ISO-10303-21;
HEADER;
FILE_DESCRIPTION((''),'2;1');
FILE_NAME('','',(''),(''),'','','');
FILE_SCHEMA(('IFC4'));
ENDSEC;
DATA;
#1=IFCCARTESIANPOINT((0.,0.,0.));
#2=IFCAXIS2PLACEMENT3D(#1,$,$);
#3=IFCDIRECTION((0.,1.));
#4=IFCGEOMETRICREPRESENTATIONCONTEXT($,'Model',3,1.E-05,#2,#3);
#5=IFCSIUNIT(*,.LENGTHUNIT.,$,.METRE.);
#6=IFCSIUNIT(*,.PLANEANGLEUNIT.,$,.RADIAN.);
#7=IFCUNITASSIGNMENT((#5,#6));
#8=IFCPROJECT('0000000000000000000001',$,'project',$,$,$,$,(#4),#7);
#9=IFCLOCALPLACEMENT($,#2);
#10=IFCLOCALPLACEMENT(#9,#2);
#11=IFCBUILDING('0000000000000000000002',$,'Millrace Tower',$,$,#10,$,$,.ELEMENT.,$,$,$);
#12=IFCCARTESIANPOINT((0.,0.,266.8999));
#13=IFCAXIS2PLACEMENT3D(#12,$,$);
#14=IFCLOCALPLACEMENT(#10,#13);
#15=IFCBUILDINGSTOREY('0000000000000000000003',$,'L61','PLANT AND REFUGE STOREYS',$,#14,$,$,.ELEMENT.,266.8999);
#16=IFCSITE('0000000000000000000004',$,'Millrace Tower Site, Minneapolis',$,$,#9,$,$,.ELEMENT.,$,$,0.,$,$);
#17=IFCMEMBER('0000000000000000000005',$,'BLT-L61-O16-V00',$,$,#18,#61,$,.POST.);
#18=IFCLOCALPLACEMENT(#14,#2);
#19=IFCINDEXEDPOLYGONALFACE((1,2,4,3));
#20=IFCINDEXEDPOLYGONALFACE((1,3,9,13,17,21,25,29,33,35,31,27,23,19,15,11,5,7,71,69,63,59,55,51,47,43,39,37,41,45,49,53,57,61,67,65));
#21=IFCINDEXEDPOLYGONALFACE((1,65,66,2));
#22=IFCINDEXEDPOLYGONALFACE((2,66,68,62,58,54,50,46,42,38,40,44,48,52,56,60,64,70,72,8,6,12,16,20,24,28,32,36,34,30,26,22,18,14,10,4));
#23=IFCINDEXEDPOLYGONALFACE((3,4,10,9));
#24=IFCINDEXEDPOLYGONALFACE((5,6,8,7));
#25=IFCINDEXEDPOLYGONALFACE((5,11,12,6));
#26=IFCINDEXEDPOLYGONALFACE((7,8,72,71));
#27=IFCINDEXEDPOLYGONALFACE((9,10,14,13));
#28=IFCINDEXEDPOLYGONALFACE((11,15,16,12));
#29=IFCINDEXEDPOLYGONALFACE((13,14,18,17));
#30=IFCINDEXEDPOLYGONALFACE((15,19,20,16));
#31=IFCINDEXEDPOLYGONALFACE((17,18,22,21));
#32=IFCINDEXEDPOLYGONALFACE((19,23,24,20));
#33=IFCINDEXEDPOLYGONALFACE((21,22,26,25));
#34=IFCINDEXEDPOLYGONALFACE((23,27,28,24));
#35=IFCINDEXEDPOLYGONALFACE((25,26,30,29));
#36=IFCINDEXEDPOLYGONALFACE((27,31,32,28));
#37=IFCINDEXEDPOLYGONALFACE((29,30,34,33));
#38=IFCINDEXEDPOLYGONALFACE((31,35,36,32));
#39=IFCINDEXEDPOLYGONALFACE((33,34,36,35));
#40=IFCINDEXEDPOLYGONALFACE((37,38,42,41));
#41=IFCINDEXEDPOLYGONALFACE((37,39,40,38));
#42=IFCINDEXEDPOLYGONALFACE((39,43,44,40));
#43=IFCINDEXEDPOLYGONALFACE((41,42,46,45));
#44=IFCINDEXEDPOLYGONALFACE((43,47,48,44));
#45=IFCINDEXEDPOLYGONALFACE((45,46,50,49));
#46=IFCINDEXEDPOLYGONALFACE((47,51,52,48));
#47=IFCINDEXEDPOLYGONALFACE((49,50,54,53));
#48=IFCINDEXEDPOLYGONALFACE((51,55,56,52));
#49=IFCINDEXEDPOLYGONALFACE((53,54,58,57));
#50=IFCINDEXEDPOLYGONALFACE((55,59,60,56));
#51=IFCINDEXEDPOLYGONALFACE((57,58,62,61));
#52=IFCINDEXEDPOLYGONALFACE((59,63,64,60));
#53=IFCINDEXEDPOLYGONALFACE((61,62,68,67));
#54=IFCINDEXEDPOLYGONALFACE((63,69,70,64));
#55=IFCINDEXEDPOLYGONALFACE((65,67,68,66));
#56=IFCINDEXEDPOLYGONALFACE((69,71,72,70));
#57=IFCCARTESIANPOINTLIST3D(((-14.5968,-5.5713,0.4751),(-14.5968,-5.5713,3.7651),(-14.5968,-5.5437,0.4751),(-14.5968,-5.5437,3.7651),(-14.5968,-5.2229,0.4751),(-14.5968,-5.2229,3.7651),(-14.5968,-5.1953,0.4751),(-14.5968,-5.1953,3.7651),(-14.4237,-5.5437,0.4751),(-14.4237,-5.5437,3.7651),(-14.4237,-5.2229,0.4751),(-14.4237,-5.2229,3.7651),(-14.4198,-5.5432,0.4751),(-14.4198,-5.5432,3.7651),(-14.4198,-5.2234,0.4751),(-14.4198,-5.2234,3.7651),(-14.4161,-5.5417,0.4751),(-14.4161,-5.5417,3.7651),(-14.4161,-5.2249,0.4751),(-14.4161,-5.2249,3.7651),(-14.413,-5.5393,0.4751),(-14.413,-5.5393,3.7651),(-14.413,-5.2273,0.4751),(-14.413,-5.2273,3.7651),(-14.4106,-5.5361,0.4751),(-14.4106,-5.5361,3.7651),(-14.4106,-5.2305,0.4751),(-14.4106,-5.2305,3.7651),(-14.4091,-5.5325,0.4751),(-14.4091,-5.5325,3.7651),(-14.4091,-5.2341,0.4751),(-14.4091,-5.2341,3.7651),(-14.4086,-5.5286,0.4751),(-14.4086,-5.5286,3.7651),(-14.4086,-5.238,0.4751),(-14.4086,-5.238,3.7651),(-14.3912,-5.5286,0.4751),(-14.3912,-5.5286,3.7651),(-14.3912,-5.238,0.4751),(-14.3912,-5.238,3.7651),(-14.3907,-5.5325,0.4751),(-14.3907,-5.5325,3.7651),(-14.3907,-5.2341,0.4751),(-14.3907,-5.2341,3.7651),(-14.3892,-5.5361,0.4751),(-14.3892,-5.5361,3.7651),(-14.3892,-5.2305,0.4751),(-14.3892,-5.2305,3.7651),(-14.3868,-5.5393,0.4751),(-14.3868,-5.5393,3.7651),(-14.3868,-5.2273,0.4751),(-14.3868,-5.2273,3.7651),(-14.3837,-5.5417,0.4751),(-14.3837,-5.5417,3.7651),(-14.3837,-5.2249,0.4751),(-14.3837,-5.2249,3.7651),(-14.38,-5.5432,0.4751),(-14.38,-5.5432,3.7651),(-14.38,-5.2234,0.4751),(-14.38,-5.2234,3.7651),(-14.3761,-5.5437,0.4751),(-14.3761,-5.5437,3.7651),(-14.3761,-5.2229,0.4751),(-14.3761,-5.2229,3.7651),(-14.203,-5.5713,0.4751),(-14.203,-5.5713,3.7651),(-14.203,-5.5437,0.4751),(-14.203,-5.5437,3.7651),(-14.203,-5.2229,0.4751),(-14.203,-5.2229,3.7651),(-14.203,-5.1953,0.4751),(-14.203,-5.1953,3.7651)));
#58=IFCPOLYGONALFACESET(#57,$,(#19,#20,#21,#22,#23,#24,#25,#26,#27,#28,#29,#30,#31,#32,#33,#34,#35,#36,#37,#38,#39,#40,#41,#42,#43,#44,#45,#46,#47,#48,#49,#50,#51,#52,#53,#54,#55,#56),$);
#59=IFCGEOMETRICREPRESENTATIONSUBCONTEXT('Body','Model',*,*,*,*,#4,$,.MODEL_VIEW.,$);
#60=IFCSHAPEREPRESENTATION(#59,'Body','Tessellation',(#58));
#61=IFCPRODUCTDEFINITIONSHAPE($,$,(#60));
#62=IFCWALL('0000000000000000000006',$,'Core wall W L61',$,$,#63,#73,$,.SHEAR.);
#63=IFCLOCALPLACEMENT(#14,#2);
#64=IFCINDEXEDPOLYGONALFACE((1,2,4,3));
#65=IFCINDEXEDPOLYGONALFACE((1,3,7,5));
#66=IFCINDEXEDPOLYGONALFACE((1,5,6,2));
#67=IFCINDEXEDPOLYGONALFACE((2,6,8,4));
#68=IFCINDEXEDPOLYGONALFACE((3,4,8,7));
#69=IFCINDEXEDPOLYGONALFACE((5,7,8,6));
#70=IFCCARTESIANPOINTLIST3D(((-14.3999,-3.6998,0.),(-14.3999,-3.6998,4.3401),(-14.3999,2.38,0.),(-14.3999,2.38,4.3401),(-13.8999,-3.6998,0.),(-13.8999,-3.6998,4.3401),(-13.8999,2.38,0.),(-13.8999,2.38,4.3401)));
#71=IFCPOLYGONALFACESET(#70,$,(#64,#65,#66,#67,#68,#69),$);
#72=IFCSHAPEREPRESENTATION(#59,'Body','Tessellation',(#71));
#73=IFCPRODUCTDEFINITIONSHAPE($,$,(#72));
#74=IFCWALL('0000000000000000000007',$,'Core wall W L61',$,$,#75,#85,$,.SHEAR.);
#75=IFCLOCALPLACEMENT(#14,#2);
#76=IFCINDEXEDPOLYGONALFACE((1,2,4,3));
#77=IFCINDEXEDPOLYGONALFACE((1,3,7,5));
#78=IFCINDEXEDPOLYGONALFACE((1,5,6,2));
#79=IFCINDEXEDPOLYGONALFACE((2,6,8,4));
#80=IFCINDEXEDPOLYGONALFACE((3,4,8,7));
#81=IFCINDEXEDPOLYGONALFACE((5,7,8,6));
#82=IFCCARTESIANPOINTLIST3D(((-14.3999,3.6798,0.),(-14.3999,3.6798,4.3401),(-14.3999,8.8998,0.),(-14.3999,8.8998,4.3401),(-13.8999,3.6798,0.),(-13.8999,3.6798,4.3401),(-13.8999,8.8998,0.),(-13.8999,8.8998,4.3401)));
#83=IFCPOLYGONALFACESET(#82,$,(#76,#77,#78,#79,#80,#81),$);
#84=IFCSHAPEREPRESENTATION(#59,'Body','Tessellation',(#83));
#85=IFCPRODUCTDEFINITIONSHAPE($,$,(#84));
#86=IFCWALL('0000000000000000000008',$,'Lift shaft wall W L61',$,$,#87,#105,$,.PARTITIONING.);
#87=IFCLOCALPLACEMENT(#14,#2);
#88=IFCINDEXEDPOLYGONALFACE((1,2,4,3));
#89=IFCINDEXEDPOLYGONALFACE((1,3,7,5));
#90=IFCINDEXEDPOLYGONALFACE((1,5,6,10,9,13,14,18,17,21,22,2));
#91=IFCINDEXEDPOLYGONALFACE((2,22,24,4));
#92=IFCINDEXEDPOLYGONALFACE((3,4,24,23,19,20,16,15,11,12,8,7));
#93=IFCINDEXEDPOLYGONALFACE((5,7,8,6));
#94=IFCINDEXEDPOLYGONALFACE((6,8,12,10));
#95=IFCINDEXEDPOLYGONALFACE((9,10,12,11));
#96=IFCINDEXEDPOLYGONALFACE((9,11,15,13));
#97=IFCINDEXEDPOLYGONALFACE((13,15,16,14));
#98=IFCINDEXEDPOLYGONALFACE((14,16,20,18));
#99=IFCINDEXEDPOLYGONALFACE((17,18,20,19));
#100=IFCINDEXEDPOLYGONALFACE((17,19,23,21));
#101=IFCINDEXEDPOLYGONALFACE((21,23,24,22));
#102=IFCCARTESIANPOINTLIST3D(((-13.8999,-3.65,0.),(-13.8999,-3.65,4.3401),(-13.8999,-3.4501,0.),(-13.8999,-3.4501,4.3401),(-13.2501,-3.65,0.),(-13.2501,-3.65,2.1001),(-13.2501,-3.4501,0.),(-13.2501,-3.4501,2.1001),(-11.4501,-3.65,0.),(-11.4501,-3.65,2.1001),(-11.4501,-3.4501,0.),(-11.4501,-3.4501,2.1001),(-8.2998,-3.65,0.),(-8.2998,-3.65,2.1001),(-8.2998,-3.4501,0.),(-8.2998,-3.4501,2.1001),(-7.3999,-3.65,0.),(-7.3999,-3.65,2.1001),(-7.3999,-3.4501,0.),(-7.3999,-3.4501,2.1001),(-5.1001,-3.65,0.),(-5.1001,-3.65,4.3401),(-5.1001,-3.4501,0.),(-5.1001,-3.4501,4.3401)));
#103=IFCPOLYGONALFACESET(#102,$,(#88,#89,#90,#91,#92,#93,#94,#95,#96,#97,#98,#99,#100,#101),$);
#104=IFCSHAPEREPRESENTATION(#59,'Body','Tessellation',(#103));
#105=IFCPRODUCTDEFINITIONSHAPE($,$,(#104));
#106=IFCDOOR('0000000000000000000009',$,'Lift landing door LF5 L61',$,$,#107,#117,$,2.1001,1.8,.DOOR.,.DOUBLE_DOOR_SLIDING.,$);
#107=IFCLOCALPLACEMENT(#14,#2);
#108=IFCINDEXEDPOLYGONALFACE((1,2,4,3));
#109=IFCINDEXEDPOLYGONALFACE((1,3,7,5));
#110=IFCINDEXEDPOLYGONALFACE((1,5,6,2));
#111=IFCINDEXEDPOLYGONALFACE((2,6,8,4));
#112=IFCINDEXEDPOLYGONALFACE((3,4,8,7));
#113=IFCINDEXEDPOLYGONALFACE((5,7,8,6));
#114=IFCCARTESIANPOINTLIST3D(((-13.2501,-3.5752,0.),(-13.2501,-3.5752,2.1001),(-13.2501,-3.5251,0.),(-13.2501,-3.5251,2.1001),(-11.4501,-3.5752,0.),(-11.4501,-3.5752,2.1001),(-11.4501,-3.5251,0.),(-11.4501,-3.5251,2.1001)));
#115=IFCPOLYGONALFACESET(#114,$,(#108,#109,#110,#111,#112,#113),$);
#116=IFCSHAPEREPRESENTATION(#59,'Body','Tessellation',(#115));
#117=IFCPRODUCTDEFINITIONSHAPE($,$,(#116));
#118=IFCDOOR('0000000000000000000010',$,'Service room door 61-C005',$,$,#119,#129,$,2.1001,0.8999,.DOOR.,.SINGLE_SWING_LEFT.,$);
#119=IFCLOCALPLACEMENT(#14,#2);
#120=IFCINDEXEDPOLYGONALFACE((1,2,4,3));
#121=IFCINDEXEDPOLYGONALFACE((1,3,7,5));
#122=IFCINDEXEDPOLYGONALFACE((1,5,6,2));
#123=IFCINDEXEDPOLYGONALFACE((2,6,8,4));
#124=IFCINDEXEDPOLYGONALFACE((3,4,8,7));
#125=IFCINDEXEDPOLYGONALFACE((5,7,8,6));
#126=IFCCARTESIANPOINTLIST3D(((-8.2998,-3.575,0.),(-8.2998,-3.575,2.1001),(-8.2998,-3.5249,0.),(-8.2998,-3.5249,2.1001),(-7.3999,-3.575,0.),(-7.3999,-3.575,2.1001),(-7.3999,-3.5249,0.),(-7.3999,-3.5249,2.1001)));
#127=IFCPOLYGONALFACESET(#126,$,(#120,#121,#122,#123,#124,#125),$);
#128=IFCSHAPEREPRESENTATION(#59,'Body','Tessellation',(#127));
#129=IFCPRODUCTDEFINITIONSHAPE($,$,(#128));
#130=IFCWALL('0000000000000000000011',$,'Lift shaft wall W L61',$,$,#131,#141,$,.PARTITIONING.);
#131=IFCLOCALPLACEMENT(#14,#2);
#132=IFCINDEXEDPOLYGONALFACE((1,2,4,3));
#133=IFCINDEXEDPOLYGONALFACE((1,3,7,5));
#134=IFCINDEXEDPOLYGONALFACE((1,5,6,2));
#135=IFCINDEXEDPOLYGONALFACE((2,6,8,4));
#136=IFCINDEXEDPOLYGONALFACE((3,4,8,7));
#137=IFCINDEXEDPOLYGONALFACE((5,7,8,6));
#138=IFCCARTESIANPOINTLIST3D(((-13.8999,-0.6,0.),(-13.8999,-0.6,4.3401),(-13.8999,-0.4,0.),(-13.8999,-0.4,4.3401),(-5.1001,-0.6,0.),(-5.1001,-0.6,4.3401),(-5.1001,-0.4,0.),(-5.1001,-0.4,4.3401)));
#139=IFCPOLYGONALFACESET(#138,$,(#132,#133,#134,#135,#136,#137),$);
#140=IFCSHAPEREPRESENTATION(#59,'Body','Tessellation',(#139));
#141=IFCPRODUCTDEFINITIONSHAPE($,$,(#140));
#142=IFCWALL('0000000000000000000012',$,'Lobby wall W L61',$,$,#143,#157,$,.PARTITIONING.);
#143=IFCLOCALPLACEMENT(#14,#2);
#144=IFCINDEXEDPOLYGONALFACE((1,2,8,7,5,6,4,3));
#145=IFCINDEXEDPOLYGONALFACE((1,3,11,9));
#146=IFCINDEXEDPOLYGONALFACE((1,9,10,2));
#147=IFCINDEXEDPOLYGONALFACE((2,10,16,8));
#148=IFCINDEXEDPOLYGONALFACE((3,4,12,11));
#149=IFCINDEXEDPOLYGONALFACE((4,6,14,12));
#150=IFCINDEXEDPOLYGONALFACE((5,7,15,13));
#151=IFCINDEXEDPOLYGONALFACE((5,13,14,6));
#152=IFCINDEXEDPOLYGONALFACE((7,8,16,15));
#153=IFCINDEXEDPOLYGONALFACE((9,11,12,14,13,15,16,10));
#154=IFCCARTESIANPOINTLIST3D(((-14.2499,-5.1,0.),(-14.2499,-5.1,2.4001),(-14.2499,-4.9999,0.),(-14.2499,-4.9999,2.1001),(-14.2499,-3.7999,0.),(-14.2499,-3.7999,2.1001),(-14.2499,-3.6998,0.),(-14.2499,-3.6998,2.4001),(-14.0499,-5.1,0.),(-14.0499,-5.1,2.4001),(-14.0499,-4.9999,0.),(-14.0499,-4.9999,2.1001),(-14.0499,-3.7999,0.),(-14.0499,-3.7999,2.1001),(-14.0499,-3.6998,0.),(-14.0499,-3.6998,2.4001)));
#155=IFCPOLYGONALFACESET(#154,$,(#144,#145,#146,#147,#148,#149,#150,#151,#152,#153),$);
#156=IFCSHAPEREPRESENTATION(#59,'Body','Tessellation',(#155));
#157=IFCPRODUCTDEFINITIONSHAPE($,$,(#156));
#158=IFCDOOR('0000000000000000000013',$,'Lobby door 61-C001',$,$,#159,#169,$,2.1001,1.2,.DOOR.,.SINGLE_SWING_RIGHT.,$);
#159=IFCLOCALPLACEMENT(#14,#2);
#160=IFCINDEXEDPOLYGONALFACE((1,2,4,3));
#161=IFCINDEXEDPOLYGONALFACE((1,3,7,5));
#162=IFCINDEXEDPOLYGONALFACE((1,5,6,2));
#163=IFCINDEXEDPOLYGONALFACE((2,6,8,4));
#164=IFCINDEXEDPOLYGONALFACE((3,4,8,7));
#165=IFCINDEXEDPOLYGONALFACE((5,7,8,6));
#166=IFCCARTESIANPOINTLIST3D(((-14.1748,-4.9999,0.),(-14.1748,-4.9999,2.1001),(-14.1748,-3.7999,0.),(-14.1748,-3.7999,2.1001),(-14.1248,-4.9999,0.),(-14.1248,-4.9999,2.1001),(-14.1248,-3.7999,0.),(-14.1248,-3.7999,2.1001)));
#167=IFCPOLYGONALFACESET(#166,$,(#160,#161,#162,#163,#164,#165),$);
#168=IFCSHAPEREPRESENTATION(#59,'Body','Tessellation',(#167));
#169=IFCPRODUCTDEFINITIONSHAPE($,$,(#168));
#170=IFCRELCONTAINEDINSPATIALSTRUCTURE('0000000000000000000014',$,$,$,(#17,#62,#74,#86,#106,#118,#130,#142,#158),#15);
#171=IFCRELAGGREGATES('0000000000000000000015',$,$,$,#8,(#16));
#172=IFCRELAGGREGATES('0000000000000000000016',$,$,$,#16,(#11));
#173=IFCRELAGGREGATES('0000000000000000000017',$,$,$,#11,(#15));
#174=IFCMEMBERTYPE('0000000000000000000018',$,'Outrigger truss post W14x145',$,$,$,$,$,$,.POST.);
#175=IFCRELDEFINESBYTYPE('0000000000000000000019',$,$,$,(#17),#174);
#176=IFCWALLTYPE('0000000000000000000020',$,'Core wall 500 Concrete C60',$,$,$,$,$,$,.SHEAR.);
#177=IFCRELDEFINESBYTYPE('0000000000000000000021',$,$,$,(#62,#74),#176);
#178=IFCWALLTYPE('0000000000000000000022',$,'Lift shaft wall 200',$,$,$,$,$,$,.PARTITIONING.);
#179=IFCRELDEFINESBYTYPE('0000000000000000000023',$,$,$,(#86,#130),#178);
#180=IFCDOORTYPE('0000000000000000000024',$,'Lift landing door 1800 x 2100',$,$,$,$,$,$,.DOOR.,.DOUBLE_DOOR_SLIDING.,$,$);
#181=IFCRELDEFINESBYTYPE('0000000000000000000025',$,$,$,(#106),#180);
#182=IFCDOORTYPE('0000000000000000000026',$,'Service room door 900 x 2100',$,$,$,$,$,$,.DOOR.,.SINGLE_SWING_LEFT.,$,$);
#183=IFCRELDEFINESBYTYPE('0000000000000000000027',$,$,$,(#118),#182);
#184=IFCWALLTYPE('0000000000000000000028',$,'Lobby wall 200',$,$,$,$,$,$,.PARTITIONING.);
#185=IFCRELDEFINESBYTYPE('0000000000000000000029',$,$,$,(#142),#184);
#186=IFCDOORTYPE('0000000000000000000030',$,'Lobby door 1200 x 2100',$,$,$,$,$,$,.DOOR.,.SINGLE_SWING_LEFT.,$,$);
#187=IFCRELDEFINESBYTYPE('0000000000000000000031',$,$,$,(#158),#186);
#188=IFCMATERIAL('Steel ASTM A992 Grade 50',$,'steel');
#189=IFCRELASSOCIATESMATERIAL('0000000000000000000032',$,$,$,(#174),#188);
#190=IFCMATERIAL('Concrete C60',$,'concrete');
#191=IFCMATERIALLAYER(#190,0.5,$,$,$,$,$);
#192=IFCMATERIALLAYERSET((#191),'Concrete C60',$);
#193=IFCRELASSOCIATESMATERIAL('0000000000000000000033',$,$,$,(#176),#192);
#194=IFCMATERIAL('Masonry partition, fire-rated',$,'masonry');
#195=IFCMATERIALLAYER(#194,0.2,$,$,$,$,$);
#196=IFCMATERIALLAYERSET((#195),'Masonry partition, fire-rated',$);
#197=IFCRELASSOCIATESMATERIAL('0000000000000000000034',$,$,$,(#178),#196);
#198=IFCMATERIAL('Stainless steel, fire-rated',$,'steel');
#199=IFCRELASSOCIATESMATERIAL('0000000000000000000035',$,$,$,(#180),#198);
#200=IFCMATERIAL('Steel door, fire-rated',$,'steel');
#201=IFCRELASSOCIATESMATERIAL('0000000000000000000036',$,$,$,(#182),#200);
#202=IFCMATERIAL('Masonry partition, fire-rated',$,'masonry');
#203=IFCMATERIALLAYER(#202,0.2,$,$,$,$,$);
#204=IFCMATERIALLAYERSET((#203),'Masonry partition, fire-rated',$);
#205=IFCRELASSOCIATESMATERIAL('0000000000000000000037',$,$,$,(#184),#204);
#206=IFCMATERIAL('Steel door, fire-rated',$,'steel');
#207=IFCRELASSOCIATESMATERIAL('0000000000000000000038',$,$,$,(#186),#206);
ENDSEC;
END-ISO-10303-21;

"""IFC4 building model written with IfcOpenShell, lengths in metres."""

from ifc_helpers import new_model, si_unit, direction, frame, frame_2d, origin, origin_2d, place, context, subcontext, project, spatial, rectangle, i_section, extrude, material, layer, layer_set, material_profile, profile_set, type_object, element, fill, save


model = new_model("IFC4")

# Units and contexts
model_context = context("Model", 3, precision=1e-05, world=origin(), true_north=direction((0.0, 1.0)))
body_context = subcontext(model_context, "Body", "Model", "MODEL_VIEW")
ifc_project = project(units=[si_unit("LENGTHUNIT", "METRE"), si_unit("PLANEANGLEUNIT", "RADIAN")], contexts=[model_context])

# Site, building, storey
site_placement = place(None, origin())
site = spatial("IfcSite", under=ifc_project, at=site_placement, Name="Millrace Tower Site, Minneapolis", CompositionType="ELEMENT", RefElevation=0.0)
building_placement = place(site_placement, origin())
building = spatial("IfcBuilding", under=site, at=building_placement, Name="Millrace Tower", CompositionType="ELEMENT")
storey_placement = place(building_placement, frame((0.0, 0.0, 266.8999)))
storey = spatial("IfcBuildingStorey", under=building, at=storey_placement, Name="L61", Description="PLANT AND REFUGE STOREYS", CompositionType="ELEMENT", Elevation=266.8999)

# Member
ifc_material_1 = material(Name="Steel ASTM A992 Grade 50", Category="steel")
ifc_material_profile_1 = material_profile(ifc_material_1, i_section(OverallWidth=0.3938, OverallDepth=0.376, WebThickness=0.0173, FlangeThickness=0.0276, FilletRadius=0.0151, at=origin_2d()))
ifc_profile_set_1 = profile_set([ifc_material_profile_1], Name="Steel ASTM A992 Grade 50")
member_type_1 = type_object("IfcMemberType", Name="Outrigger truss post W14x145", PredefinedType="POST", material=ifc_profile_set_1)
member_1_placement = place(storey_placement, frame((-14.3999, -5.3833, 0.4751), z_axis=(0.0, 0.0, 1.0), x_axis=(1.0, 0.0, 0.0)))
element("IfcMember", 1, at=member_1_placement, inside=storey, type_object=member_type_1, Name="BLT-L61-O16-V00", PredefinedType="POST", context=body_context, shape_type="SweptSolid", body=[
    extrude(i_section(OverallWidth=0.3938, OverallDepth=0.376, WebThickness=0.0173, FlangeThickness=0.0276, FilletRadius=0.0151, at=origin_2d()), origin(), (0.0, 0.0, 1.0), 3.29),
])

# Walls
ifc_material_2 = material(Name="Concrete C60", Category="concrete")
ifc_layer_1 = layer(ifc_material_2, 0.5)
ifc_layer_set_1 = layer_set([ifc_layer_1], Name="Concrete C60")
wall_type_1 = type_object("IfcWallType", Name="Core wall 500 Concrete C60", PredefinedType="SHEAR", material=ifc_layer_set_1)
wall_1_placement = place(storey_placement, frame((-14.1499, -3.7, 0.0), z_axis=(0.0, 0.0, 1.0), x_axis=(0.0, 1.0, 0.0)))
element("IfcWall", 2, at=wall_1_placement, inside=storey, type_object=wall_type_1, Name="Core wall W L61", PredefinedType="SHEAR", context=body_context, shape_type="SweptSolid", body=[
    extrude(rectangle(XDim=6.0798, YDim=0.5, at=frame_2d((3.04, 0.0))), origin(), (0.0, 0.0, 1.0), 4.3401),
])
wall_2_placement = place(storey_placement, frame((-14.1499, 3.6799, 0.0), z_axis=(0.0, 0.0, 1.0), x_axis=(0.0, 1.0, 0.0)))
element("IfcWall", 3, at=wall_2_placement, inside=storey, type_object=wall_type_1, Name="Core wall W L61", PredefinedType="SHEAR", context=body_context, shape_type="SweptSolid", body=[
    extrude(rectangle(XDim=5.22, YDim=0.5, at=frame_2d((2.6099, 0.0))), origin(), (0.0, 0.0, 1.0), 4.3401),
])

# Wall, openings, doors
ifc_material_3 = material(Name="Masonry partition, fire-rated", Category="masonry")
ifc_layer_2 = layer(ifc_material_3, 0.2)
ifc_layer_set_2 = layer_set([ifc_layer_2], Name="Masonry partition, fire-rated")
wall_type_2 = type_object("IfcWallType", Name="Lift shaft wall 200", PredefinedType="PARTITIONING", material=ifc_layer_set_2)
wall_3_placement = place(storey_placement, frame((-13.8999, -3.55, 0.0), z_axis=(0.0, 0.0, 1.0), x_axis=(1.0, 0.0, 0.0)))
wall_3 = element("IfcWall", 4, at=wall_3_placement, inside=storey, type_object=wall_type_2, Name="Lift shaft wall W L61", PredefinedType="PARTITIONING", context=body_context, shape_type="SweptSolid", body=[
    extrude(rectangle(XDim=8.7998, YDim=0.2, at=frame_2d((4.3999, 0.0))), origin(), (0.0, 0.0, 1.0), 4.3401),
])
opening_1_placement = place(wall_3_placement, frame((0.6499, 0.0, 0.0)))
opening_1 = element("IfcOpeningElement", 5, at=opening_1_placement, cuts=wall_3, PredefinedType="OPENING", context=body_context, shape_type="SweptSolid", body=[
    extrude(rectangle(XDim=1.8, YDim=2.1001, at=frame_2d((0.8999, 1.05))), frame((0.0, 0.1099, 0.0), z_axis=(0.0, -1.0, 0.0), x_axis=(1.0, 0.0, 0.0)), (0.0, 0.0, 1.0), 0.22),
])
opening_2_placement = place(wall_3_placement, frame((5.6001, 0.0, 0.0)))
opening_2 = element("IfcOpeningElement", 6, at=opening_2_placement, cuts=wall_3, PredefinedType="OPENING", context=body_context, shape_type="SweptSolid", body=[
    extrude(rectangle(XDim=0.8999, YDim=2.1001, at=frame_2d((0.45, 1.05))), frame((0.0, 0.1099, 0.0), z_axis=(0.0, -1.0, 0.0), x_axis=(1.0, 0.0, 0.0)), (0.0, 0.0, 1.0), 0.22),
])
ifc_material_4 = material(Name="Stainless steel, fire-rated", Category="steel")
door_type_1 = type_object("IfcDoorType", Name="Lift landing door 1800 x 2100", OperationType="DOUBLE_DOOR_SLIDING", PredefinedType="DOOR", material=ifc_material_4)
door_1_placement = place(opening_1_placement, origin())
door_1 = element("IfcDoor", 7, at=door_1_placement, inside=storey, type_object=door_type_1, Name="Lift landing door LF5 L61", OperationType="DOUBLE_DOOR_SLIDING", OverallHeight=2.1001, OverallWidth=1.8, PredefinedType="DOOR", context=body_context, shape_type="SweptSolid", body=[
    extrude(rectangle(XDim=1.8, YDim=2.1001, at=frame_2d((0.8999, 1.05))), frame((0.0, 0.0249, 0.0), z_axis=(0.0, -1.0, 0.0), x_axis=(1.0, 0.0, 0.0)), (0.0, 0.0, 1.0), 0.05),
])
fill(opening_1, door_1)
ifc_material_5 = material(Name="Steel door, fire-rated", Category="steel")
door_type_2 = type_object("IfcDoorType", Name="Service room door 900 x 2100", OperationType="SINGLE_SWING_LEFT", PredefinedType="DOOR", material=ifc_material_5)
door_2_placement = place(opening_2_placement, frame((0.8999, 0.0, 0.0), z_axis=(0.0, 0.0, 1.0), x_axis=(-1.0, 0.0, 0.0)))
door_2 = element("IfcDoor", 8, at=door_2_placement, inside=storey, type_object=door_type_2, Name="Service room door 61-C005", OperationType="SINGLE_SWING_LEFT", OverallHeight=2.1001, OverallWidth=0.8999, PredefinedType="DOOR", context=body_context, shape_type="SweptSolid", body=[
    extrude(rectangle(XDim=0.8999, YDim=2.1001, at=frame_2d((0.45, 1.05))), frame((0.0, 0.0249, 0.0), z_axis=(0.0, -1.0, 0.0), x_axis=(1.0, 0.0, 0.0)), (0.0, 0.0, 1.0), 0.05),
])
fill(opening_2, door_2)

# Wall
wall_4_placement = place(storey_placement, frame((-13.8999, -0.5, 0.0), z_axis=(0.0, 0.0, 1.0), x_axis=(1.0, 0.0, 0.0)))
element("IfcWall", 9, at=wall_4_placement, inside=storey, type_object=wall_type_2, Name="Lift shaft wall W L61", PredefinedType="PARTITIONING", context=body_context, shape_type="SweptSolid", body=[
    extrude(rectangle(XDim=8.7998, YDim=0.2, at=frame_2d((4.3999, 0.0))), origin(), (0.0, 0.0, 1.0), 4.3401),
])

# Wall, opening, door
ifc_material_6 = material(Name="Masonry partition, fire-rated", Category="masonry")
ifc_layer_3 = layer(ifc_material_6, 0.2)
ifc_layer_set_3 = layer_set([ifc_layer_3], Name="Masonry partition, fire-rated")
wall_type_3 = type_object("IfcWallType", Name="Lobby wall 200", PredefinedType="PARTITIONING", material=ifc_layer_set_3)
wall_5_placement = place(storey_placement, frame((-14.1499, -5.1001, 0.0), z_axis=(0.0, 0.0, 1.0), x_axis=(0.0, 1.0, 0.0)))
wall_5 = element("IfcWall", 10, at=wall_5_placement, inside=storey, type_object=wall_type_3, Name="Lobby wall W L61", PredefinedType="PARTITIONING", context=body_context, shape_type="SweptSolid", body=[
    extrude(rectangle(XDim=1.4001, YDim=0.2, at=frame_2d((0.7002, 0.0))), origin(), (0.0, 0.0, 1.0), 2.4001),
])
opening_3_placement = place(wall_5_placement, frame((0.1001, 0.0, 0.0)))
opening_3 = element("IfcOpeningElement", 11, at=opening_3_placement, cuts=wall_5, PredefinedType="OPENING", context=body_context, shape_type="SweptSolid", body=[
    extrude(rectangle(XDim=1.2, YDim=2.1001, at=frame_2d((0.6001, 1.05))), frame((0.0, 0.1099, 0.0), z_axis=(0.0, -1.0, 0.0), x_axis=(1.0, 0.0, 0.0)), (0.0, 0.0, 1.0), 0.22),
])
ifc_material_7 = material(Name="Steel door, fire-rated", Category="steel")
door_type_3 = type_object("IfcDoorType", Name="Lobby door 1200 x 2100", OperationType="SINGLE_SWING_LEFT", PredefinedType="DOOR", material=ifc_material_7)
door_3_placement = place(opening_3_placement, origin())
door_3 = element("IfcDoor", 12, at=door_3_placement, inside=storey, type_object=door_type_3, Name="Lobby door 61-C001", OperationType="SINGLE_SWING_RIGHT", OverallHeight=2.1001, OverallWidth=1.2, PredefinedType="DOOR", context=body_context, shape_type="SweptSolid", body=[
    extrude(rectangle(XDim=1.2, YDim=2.1001, at=frame_2d((0.6001, 1.05))), frame((0.0, 0.0249, 0.0), z_axis=(0.0, -1.0, 0.0), x_axis=(1.0, 0.0, 0.0)), (0.0, 0.0, 1.0), 0.05),
])
fill(opening_3, door_3)

save(model, "model.ifc")
